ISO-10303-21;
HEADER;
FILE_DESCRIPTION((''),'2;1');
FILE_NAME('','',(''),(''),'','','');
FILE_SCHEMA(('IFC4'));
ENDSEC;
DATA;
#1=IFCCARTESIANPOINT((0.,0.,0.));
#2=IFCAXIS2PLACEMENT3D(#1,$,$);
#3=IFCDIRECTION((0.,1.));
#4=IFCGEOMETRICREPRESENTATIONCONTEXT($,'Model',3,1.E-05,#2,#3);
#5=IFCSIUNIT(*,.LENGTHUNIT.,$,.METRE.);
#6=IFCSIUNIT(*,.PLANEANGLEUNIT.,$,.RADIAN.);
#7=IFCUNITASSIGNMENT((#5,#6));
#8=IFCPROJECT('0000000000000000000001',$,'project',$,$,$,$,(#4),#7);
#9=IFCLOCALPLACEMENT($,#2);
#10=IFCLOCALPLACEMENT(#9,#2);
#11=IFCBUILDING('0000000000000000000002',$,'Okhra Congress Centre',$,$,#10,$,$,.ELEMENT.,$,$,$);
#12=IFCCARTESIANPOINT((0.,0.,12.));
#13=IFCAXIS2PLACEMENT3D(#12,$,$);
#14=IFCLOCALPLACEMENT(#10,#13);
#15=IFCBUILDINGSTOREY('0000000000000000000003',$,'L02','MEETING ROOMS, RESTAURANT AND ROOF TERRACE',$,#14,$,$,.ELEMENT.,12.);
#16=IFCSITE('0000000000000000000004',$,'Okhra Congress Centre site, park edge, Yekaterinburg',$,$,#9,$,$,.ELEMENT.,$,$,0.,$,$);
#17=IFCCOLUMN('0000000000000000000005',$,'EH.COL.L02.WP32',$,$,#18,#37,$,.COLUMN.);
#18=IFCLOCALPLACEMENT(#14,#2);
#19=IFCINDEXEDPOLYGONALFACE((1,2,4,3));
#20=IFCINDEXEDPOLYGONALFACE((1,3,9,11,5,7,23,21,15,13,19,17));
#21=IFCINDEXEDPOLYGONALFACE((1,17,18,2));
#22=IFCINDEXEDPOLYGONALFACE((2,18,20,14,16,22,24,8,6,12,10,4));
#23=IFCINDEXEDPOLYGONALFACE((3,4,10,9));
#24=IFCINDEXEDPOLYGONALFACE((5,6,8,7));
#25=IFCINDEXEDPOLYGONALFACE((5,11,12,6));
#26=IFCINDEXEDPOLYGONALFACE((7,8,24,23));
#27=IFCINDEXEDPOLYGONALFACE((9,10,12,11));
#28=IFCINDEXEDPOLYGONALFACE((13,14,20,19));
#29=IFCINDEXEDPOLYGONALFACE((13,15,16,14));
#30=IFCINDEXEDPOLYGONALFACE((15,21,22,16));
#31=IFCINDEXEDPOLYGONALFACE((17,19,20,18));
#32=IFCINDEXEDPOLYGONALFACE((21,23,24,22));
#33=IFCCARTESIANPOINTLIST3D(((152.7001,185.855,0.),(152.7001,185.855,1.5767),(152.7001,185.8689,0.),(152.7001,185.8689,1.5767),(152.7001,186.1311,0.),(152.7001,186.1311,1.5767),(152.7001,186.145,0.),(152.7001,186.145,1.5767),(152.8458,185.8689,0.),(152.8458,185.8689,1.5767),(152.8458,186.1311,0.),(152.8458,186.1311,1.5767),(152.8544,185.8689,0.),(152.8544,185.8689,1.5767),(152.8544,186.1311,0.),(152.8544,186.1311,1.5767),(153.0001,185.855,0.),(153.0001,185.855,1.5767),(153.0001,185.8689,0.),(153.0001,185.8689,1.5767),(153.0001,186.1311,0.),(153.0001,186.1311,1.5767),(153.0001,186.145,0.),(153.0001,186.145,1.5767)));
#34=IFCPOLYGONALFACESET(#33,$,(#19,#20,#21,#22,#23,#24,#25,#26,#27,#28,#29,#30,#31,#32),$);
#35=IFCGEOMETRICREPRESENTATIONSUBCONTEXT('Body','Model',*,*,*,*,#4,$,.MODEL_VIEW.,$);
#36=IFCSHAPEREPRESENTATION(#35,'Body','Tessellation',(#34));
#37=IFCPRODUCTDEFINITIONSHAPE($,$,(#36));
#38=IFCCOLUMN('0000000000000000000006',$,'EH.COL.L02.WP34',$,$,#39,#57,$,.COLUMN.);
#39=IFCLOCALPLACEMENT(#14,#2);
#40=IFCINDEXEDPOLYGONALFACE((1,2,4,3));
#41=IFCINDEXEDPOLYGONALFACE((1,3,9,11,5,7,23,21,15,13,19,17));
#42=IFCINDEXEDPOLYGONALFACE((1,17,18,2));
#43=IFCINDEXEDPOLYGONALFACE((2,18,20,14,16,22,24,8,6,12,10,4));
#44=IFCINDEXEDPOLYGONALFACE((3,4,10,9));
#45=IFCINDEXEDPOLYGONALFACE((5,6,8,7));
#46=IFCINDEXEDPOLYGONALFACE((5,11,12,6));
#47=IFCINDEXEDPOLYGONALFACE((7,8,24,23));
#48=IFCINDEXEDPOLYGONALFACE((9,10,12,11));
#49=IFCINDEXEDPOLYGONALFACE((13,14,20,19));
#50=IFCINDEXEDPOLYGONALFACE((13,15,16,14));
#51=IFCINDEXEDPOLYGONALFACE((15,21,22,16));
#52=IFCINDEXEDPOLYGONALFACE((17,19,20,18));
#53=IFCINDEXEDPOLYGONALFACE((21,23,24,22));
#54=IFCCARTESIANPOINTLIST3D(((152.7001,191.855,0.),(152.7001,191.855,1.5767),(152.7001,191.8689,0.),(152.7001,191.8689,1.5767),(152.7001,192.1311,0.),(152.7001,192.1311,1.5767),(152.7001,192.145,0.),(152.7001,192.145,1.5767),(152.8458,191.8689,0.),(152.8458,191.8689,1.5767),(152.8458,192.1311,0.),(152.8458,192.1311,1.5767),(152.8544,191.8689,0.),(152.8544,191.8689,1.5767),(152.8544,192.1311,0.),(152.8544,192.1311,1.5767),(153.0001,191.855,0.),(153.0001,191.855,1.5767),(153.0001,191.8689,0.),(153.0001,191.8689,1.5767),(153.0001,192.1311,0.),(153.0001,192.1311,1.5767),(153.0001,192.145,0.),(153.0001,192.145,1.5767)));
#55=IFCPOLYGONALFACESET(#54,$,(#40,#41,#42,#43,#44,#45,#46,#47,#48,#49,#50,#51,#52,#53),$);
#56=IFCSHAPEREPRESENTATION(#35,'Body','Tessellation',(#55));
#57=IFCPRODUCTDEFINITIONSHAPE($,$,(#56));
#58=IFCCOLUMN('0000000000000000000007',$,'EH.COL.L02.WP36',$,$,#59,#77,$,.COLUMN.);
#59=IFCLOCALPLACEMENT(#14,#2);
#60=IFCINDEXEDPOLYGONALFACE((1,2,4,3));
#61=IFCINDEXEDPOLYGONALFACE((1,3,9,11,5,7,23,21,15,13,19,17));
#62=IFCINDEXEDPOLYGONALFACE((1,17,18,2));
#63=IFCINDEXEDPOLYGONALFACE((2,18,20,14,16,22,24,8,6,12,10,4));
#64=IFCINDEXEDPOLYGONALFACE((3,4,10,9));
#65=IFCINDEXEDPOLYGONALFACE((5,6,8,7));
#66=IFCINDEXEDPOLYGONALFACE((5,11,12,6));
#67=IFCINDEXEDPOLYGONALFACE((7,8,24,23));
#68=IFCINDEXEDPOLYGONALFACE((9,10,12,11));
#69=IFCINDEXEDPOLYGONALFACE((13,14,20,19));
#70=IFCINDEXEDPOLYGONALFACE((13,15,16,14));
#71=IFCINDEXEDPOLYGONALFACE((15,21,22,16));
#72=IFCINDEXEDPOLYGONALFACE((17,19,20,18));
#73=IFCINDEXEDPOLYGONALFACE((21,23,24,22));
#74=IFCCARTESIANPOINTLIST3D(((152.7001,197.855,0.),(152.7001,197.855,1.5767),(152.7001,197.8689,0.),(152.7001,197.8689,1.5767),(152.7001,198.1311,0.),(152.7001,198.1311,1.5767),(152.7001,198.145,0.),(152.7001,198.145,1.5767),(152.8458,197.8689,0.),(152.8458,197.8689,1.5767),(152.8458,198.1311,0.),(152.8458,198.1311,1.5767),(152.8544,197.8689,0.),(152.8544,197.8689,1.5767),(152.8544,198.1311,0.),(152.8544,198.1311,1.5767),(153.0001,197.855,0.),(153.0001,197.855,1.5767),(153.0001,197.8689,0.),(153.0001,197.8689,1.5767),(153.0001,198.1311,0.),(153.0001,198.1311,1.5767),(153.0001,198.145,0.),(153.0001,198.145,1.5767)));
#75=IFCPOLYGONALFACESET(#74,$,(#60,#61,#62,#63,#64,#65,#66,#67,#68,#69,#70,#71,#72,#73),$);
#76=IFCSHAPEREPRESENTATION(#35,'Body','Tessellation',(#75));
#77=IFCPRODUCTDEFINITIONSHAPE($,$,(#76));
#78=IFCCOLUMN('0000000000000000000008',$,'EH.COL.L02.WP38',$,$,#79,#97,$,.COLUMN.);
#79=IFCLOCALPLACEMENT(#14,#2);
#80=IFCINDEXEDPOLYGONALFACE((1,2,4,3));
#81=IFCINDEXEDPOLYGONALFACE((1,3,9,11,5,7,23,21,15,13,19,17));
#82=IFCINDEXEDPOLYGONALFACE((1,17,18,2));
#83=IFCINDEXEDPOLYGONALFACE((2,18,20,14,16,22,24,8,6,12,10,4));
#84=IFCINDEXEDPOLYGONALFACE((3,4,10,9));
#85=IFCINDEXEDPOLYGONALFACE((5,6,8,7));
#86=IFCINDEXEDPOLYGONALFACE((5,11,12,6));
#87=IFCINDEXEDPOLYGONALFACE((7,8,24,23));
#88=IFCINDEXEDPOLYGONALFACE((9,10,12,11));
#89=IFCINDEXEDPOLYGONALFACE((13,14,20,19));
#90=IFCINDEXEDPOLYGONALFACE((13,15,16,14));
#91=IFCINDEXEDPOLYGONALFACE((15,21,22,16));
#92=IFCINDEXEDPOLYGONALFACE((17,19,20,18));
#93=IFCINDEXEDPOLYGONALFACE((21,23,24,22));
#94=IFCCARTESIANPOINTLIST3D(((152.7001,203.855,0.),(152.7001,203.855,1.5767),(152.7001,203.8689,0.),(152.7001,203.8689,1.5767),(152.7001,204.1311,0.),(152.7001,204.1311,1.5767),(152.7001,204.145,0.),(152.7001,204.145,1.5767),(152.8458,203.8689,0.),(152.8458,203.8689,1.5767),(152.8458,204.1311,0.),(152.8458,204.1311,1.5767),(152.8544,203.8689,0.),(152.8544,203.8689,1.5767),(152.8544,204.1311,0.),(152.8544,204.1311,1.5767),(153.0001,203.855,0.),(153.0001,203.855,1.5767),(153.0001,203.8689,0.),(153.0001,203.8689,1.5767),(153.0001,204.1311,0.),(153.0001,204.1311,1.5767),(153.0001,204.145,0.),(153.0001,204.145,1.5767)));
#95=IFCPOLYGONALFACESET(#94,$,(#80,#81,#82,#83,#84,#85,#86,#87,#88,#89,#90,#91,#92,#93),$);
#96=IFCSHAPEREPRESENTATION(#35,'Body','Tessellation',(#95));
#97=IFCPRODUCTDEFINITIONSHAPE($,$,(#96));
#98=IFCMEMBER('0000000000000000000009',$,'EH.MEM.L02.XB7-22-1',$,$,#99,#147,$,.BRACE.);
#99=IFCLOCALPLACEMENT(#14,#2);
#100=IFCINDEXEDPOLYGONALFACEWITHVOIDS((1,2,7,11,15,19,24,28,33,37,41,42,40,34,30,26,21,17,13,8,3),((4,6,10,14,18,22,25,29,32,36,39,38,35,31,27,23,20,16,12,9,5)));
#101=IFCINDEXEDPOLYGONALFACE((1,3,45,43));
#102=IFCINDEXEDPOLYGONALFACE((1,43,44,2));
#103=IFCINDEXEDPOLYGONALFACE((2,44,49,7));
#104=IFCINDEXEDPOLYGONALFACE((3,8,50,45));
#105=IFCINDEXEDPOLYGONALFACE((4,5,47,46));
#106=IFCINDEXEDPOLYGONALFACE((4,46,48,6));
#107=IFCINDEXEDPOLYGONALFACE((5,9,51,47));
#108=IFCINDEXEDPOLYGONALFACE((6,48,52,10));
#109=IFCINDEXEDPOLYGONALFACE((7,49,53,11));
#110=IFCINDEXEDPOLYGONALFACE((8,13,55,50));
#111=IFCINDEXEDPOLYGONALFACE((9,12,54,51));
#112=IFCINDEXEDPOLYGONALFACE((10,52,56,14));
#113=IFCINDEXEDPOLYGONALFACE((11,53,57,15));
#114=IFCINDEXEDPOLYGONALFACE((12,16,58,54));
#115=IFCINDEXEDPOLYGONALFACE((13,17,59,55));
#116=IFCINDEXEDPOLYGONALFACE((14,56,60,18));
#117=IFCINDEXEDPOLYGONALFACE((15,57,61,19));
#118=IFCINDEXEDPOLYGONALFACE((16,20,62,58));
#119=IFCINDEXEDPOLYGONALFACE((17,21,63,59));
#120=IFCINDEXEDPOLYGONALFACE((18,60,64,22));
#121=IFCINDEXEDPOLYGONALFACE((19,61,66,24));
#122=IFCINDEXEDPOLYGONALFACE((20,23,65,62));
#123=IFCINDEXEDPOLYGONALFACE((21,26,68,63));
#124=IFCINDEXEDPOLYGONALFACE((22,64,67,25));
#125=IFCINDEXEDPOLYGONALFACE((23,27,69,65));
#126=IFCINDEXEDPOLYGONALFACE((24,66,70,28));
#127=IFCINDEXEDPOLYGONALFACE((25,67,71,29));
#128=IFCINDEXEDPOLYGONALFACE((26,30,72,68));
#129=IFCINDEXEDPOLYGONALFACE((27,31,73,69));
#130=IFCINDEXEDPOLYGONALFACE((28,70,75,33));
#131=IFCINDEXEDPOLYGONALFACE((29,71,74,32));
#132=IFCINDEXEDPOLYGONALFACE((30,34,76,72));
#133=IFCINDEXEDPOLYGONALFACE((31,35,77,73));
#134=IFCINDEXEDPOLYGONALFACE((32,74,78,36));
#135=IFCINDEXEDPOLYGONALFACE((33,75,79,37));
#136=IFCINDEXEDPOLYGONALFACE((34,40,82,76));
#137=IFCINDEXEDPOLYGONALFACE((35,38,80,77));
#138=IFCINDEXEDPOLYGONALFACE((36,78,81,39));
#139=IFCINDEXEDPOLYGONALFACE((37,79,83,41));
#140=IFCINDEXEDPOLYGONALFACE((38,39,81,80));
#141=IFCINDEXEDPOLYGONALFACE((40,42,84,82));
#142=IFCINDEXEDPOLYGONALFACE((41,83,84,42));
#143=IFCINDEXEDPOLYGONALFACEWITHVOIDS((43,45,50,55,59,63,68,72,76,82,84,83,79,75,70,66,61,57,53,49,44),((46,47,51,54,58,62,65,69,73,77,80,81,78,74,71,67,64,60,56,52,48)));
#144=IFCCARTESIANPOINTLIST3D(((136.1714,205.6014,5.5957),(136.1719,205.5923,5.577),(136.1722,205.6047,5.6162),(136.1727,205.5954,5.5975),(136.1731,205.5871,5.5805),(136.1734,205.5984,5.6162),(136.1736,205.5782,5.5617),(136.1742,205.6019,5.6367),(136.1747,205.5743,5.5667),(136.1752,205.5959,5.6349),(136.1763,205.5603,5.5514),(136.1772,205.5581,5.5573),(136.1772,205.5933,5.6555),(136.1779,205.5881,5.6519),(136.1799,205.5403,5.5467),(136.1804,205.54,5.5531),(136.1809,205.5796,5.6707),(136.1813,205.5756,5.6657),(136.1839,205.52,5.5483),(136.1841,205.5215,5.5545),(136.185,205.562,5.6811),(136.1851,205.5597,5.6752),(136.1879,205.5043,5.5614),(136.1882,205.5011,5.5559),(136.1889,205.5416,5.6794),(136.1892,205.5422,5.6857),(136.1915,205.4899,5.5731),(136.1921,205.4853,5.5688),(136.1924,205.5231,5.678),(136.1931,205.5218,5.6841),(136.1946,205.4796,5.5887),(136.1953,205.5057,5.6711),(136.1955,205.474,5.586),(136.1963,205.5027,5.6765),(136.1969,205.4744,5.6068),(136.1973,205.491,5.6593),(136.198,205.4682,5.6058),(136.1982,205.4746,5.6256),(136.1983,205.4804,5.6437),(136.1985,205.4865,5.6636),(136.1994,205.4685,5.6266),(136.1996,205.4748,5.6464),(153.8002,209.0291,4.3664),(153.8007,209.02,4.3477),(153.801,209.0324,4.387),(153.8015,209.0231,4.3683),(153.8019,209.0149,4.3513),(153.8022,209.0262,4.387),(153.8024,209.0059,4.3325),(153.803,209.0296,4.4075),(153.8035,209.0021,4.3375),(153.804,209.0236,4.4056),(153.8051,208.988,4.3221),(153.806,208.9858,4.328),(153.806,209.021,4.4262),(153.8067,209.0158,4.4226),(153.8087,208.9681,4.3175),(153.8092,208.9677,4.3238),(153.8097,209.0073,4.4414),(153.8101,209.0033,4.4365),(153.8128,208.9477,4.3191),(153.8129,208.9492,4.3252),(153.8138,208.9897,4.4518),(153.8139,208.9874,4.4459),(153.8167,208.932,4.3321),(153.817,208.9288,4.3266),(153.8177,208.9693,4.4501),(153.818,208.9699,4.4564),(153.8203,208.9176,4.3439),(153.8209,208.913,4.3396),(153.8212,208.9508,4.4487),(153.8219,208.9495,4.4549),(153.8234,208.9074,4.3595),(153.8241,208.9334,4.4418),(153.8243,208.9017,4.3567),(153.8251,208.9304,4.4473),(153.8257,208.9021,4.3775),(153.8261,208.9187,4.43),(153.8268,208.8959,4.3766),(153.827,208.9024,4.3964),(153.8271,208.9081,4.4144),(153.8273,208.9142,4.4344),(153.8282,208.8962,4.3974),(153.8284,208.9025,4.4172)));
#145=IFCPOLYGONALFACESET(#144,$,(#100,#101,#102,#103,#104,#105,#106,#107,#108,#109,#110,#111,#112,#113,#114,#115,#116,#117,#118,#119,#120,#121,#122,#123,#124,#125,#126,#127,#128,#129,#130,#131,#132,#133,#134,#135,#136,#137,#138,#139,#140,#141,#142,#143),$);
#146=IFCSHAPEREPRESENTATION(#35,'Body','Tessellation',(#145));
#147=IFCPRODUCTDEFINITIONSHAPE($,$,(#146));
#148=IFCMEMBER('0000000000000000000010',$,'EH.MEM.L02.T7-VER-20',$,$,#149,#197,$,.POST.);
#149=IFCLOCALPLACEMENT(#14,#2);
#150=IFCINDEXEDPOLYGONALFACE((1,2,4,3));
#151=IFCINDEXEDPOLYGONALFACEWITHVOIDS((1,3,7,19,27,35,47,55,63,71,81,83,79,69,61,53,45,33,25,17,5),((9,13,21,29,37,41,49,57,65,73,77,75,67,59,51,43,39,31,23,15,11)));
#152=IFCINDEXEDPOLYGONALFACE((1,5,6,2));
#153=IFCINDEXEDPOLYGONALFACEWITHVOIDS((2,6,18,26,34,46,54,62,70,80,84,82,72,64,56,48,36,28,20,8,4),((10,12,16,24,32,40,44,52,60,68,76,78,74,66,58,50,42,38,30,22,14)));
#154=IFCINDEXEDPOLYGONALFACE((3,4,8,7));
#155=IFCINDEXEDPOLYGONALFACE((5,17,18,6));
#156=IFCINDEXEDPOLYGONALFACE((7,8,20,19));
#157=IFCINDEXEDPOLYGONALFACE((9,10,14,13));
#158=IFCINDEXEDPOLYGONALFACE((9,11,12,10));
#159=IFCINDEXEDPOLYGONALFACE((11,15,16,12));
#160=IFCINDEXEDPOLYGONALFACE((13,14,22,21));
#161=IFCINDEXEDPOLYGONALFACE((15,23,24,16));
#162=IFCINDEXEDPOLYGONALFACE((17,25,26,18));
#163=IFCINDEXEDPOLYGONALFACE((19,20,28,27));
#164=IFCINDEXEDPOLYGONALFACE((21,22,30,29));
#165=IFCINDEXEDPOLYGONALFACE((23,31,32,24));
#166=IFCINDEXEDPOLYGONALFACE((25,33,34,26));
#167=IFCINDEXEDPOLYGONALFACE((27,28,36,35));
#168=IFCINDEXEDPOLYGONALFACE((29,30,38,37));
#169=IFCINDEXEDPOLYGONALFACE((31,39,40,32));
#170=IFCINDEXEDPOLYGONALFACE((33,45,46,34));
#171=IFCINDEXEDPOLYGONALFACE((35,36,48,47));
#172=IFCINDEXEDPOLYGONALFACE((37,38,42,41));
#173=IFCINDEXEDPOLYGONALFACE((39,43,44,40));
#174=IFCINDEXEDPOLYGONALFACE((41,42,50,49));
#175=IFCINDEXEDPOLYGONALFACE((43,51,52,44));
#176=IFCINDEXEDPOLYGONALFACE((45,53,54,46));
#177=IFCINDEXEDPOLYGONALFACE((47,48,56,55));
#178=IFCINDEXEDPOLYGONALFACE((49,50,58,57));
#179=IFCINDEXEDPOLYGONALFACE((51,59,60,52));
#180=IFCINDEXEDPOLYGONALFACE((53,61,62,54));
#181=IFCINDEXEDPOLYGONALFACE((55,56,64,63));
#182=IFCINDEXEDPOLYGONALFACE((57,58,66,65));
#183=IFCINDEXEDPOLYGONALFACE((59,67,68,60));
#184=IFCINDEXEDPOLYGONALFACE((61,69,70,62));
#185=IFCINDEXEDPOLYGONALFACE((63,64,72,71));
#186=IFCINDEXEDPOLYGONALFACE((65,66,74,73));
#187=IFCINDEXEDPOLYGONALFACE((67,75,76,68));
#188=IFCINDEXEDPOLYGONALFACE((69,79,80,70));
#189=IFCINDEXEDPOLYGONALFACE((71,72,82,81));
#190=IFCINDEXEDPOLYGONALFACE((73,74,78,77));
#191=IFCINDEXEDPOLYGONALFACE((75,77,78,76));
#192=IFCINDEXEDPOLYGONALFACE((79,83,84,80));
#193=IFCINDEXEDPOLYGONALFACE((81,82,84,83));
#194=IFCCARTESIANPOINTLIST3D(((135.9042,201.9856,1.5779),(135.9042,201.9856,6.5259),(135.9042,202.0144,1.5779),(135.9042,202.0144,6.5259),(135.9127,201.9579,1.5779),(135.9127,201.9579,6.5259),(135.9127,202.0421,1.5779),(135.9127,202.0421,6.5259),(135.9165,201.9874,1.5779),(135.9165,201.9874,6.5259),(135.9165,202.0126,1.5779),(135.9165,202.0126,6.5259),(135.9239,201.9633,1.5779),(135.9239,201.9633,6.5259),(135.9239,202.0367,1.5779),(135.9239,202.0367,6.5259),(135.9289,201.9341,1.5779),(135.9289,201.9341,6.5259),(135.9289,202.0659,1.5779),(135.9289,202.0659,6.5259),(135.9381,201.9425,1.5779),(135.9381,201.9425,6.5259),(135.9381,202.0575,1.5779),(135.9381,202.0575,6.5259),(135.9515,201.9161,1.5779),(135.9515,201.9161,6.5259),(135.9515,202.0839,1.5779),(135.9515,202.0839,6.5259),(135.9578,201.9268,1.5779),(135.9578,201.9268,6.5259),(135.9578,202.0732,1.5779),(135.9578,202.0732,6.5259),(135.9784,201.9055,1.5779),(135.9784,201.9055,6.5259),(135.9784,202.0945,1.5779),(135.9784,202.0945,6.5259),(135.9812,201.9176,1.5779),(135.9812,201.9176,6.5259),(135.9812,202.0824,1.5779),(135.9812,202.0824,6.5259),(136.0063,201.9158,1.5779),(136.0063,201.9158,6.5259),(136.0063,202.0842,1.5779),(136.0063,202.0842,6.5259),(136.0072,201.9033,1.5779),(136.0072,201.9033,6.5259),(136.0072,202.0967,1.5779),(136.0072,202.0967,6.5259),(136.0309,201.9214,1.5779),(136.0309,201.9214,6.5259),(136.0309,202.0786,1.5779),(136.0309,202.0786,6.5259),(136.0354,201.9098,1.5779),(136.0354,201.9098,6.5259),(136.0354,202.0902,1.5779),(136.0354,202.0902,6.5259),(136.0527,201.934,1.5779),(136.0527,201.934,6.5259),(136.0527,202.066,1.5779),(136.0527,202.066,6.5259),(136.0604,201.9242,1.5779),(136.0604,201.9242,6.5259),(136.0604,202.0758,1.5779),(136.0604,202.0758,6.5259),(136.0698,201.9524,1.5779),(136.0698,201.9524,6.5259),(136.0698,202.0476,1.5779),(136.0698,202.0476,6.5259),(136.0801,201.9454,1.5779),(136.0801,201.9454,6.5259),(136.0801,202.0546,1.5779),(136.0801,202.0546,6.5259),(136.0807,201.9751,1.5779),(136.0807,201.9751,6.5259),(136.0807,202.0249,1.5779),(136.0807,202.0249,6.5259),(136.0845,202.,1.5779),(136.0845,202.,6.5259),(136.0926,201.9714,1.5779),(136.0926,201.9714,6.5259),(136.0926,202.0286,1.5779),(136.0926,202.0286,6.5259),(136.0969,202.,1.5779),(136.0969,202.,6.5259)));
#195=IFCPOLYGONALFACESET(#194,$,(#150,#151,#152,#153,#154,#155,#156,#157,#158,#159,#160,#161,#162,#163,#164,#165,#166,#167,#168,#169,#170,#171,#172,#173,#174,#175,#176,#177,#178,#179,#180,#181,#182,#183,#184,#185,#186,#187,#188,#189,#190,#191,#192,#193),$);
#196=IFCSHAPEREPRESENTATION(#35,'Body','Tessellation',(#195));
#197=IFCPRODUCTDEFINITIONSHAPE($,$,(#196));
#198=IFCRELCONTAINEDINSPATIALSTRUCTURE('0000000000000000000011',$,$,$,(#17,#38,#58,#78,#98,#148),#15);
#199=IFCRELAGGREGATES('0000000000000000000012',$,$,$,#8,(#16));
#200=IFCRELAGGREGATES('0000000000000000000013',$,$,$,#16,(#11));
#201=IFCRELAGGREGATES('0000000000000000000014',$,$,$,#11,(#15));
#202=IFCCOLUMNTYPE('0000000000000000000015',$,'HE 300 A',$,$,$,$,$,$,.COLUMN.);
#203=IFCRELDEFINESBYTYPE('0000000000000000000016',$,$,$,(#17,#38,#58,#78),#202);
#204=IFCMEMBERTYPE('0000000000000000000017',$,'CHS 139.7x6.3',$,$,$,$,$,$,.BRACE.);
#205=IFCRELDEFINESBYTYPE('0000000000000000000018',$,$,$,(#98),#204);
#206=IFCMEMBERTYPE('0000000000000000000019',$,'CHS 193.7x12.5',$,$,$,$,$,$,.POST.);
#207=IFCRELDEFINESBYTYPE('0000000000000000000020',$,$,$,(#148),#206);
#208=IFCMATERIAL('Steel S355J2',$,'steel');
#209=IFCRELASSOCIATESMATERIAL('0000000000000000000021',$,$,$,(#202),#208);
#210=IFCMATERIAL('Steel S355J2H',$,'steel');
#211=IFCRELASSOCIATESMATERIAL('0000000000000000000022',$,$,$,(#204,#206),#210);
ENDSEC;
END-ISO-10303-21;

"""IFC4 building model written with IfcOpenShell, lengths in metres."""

from ifc_helpers import new_model, si_unit, direction, frame, origin, origin_2d, place, context, subcontext, project, spatial, hollow_circle, i_section, extrude, material, material_profile, profile_set, type_object, element, save


model = new_model("IFC4")

# Units and contexts
model_context = context("Model", 3, precision=1e-05, world=origin(), true_north=direction((0.0, 1.0)))
body_context = subcontext(model_context, "Body", "Model", "MODEL_VIEW")
ifc_project = project(units=[si_unit("LENGTHUNIT", "METRE"), si_unit("PLANEANGLEUNIT", "RADIAN")], contexts=[model_context])

# Site, building, storey
site_placement = place(None, origin())
site = spatial("IfcSite", under=ifc_project, at=site_placement, Name="Okhra Congress Centre site, park edge, Yekaterinburg", CompositionType="ELEMENT", RefElevation=0.0)
building_placement = place(site_placement, origin())
building = spatial("IfcBuilding", under=site, at=building_placement, Name="Okhra Congress Centre", CompositionType="ELEMENT")
storey_placement = place(building_placement, frame((0.0, 0.0, 12.0)))
storey = spatial("IfcBuildingStorey", under=building, at=storey_placement, Name="L02", Description="MEETING ROOMS, RESTAURANT AND ROOF TERRACE", CompositionType="ELEMENT", Elevation=12.0)

# Columns
ifc_material_1 = material(Name="Steel S355J2", Category="steel")
ifc_material_profile_1 = material_profile(ifc_material_1, i_section(OverallWidth=0.3, OverallDepth=0.29, WebThickness=0.0085, FlangeThickness=0.0139, at=origin_2d()), Name="HE 300 A")
ifc_profile_set_1 = profile_set([ifc_material_profile_1], Name="Steel S355J2")
column_type = type_object("IfcColumnType", Name="HE 300 A", PredefinedType="COLUMN", material=ifc_profile_set_1)
for number, where, z_axis, x_axis, name in (
    (1, (152.8501, 186.0, 0.0), (0.0, 0.0, 1.0), (1.0, 0.0, 0.0), "EH.COL.L02.WP32"),
    (2, (152.8501, 192.0, 0.0), (0.0, 0.0, 1.0), (1.0, 0.0, 0.0), "EH.COL.L02.WP34"),
    (3, (152.8501, 198.0, 0.0), (0.0, 0.0, 1.0), (1.0, 0.0, 0.0), "EH.COL.L02.WP36"),
    (4, (152.8501, 204.0, 0.0), (0.0, 0.0, 1.0), (1.0, 0.0, 0.0), "EH.COL.L02.WP38"),
):
    element("IfcColumn", number, at=place(storey_placement, frame(where, z_axis=z_axis, x_axis=x_axis)), inside=storey, type_object=column_type, Name=name, PredefinedType="COLUMN", context=body_context, shape_type="SweptSolid", body=[
        extrude(i_section(OverallWidth=0.3, OverallDepth=0.29, WebThickness=0.0085, FlangeThickness=0.0139, at=origin_2d()), origin(), (0.0, 0.0, 1.0), 1.5767),
    ])

# Members
ifc_material_2 = material(Name="Steel S355J2H", Category="steel")
ifc_material_profile_2 = material_profile(ifc_material_2, hollow_circle(Radius=0.0698, WallThickness=0.0063, at=origin_2d()), Name="CHS 139.7x6.3")
ifc_profile_set_2 = profile_set([ifc_material_profile_2], Name="Steel S355J2H")
member_type_1 = type_object("IfcMemberType", Name="CHS 139.7x6.3", PredefinedType="BRACE", material=ifc_profile_set_2)
member_1_placement = place(storey_placement, frame((136.1855, 205.5361, 5.6162), z_axis=(0.979325, 0.190418, -0.068287), x_axis=(-0.190864, 0.981617, 0.0)))
element("IfcMember", 5, at=member_1_placement, inside=storey, type_object=member_type_1, Name="EH.MEM.L02.XB7-22-1", PredefinedType="BRACE", context=body_context, shape_type="SweptSolid", body=[
    extrude(hollow_circle(Radius=0.0698, WallThickness=0.0063, at=origin_2d()), origin(), (0.0, 0.0, 1.0), 18.001),
])
ifc_material_profile_3 = material_profile(ifc_material_2, hollow_circle(Radius=0.0969, WallThickness=0.0125, at=origin_2d()), Name="CHS 193.7x12.5")
ifc_profile_set_3 = profile_set([ifc_material_profile_3], Name="Steel S355J2H")
member_type_2 = type_object("IfcMemberType", Name="CHS 193.7x12.5", PredefinedType="POST", material=ifc_profile_set_3)
member_2_placement = place(storey_placement, frame((136.0, 202.0, 1.5779), z_axis=(0.0, 0.0, 1.0), x_axis=(1.0, 0.0, 0.0)))
element("IfcMember", 6, at=member_2_placement, inside=storey, type_object=member_type_2, Name="EH.MEM.L02.T7-VER-20", PredefinedType="POST", context=body_context, shape_type="SweptSolid", body=[
    extrude(hollow_circle(Radius=0.0969, WallThickness=0.0125, at=origin_2d()), origin(), (0.0, 0.0, 1.0), 4.948),
])

save(model, "model.ifc")
